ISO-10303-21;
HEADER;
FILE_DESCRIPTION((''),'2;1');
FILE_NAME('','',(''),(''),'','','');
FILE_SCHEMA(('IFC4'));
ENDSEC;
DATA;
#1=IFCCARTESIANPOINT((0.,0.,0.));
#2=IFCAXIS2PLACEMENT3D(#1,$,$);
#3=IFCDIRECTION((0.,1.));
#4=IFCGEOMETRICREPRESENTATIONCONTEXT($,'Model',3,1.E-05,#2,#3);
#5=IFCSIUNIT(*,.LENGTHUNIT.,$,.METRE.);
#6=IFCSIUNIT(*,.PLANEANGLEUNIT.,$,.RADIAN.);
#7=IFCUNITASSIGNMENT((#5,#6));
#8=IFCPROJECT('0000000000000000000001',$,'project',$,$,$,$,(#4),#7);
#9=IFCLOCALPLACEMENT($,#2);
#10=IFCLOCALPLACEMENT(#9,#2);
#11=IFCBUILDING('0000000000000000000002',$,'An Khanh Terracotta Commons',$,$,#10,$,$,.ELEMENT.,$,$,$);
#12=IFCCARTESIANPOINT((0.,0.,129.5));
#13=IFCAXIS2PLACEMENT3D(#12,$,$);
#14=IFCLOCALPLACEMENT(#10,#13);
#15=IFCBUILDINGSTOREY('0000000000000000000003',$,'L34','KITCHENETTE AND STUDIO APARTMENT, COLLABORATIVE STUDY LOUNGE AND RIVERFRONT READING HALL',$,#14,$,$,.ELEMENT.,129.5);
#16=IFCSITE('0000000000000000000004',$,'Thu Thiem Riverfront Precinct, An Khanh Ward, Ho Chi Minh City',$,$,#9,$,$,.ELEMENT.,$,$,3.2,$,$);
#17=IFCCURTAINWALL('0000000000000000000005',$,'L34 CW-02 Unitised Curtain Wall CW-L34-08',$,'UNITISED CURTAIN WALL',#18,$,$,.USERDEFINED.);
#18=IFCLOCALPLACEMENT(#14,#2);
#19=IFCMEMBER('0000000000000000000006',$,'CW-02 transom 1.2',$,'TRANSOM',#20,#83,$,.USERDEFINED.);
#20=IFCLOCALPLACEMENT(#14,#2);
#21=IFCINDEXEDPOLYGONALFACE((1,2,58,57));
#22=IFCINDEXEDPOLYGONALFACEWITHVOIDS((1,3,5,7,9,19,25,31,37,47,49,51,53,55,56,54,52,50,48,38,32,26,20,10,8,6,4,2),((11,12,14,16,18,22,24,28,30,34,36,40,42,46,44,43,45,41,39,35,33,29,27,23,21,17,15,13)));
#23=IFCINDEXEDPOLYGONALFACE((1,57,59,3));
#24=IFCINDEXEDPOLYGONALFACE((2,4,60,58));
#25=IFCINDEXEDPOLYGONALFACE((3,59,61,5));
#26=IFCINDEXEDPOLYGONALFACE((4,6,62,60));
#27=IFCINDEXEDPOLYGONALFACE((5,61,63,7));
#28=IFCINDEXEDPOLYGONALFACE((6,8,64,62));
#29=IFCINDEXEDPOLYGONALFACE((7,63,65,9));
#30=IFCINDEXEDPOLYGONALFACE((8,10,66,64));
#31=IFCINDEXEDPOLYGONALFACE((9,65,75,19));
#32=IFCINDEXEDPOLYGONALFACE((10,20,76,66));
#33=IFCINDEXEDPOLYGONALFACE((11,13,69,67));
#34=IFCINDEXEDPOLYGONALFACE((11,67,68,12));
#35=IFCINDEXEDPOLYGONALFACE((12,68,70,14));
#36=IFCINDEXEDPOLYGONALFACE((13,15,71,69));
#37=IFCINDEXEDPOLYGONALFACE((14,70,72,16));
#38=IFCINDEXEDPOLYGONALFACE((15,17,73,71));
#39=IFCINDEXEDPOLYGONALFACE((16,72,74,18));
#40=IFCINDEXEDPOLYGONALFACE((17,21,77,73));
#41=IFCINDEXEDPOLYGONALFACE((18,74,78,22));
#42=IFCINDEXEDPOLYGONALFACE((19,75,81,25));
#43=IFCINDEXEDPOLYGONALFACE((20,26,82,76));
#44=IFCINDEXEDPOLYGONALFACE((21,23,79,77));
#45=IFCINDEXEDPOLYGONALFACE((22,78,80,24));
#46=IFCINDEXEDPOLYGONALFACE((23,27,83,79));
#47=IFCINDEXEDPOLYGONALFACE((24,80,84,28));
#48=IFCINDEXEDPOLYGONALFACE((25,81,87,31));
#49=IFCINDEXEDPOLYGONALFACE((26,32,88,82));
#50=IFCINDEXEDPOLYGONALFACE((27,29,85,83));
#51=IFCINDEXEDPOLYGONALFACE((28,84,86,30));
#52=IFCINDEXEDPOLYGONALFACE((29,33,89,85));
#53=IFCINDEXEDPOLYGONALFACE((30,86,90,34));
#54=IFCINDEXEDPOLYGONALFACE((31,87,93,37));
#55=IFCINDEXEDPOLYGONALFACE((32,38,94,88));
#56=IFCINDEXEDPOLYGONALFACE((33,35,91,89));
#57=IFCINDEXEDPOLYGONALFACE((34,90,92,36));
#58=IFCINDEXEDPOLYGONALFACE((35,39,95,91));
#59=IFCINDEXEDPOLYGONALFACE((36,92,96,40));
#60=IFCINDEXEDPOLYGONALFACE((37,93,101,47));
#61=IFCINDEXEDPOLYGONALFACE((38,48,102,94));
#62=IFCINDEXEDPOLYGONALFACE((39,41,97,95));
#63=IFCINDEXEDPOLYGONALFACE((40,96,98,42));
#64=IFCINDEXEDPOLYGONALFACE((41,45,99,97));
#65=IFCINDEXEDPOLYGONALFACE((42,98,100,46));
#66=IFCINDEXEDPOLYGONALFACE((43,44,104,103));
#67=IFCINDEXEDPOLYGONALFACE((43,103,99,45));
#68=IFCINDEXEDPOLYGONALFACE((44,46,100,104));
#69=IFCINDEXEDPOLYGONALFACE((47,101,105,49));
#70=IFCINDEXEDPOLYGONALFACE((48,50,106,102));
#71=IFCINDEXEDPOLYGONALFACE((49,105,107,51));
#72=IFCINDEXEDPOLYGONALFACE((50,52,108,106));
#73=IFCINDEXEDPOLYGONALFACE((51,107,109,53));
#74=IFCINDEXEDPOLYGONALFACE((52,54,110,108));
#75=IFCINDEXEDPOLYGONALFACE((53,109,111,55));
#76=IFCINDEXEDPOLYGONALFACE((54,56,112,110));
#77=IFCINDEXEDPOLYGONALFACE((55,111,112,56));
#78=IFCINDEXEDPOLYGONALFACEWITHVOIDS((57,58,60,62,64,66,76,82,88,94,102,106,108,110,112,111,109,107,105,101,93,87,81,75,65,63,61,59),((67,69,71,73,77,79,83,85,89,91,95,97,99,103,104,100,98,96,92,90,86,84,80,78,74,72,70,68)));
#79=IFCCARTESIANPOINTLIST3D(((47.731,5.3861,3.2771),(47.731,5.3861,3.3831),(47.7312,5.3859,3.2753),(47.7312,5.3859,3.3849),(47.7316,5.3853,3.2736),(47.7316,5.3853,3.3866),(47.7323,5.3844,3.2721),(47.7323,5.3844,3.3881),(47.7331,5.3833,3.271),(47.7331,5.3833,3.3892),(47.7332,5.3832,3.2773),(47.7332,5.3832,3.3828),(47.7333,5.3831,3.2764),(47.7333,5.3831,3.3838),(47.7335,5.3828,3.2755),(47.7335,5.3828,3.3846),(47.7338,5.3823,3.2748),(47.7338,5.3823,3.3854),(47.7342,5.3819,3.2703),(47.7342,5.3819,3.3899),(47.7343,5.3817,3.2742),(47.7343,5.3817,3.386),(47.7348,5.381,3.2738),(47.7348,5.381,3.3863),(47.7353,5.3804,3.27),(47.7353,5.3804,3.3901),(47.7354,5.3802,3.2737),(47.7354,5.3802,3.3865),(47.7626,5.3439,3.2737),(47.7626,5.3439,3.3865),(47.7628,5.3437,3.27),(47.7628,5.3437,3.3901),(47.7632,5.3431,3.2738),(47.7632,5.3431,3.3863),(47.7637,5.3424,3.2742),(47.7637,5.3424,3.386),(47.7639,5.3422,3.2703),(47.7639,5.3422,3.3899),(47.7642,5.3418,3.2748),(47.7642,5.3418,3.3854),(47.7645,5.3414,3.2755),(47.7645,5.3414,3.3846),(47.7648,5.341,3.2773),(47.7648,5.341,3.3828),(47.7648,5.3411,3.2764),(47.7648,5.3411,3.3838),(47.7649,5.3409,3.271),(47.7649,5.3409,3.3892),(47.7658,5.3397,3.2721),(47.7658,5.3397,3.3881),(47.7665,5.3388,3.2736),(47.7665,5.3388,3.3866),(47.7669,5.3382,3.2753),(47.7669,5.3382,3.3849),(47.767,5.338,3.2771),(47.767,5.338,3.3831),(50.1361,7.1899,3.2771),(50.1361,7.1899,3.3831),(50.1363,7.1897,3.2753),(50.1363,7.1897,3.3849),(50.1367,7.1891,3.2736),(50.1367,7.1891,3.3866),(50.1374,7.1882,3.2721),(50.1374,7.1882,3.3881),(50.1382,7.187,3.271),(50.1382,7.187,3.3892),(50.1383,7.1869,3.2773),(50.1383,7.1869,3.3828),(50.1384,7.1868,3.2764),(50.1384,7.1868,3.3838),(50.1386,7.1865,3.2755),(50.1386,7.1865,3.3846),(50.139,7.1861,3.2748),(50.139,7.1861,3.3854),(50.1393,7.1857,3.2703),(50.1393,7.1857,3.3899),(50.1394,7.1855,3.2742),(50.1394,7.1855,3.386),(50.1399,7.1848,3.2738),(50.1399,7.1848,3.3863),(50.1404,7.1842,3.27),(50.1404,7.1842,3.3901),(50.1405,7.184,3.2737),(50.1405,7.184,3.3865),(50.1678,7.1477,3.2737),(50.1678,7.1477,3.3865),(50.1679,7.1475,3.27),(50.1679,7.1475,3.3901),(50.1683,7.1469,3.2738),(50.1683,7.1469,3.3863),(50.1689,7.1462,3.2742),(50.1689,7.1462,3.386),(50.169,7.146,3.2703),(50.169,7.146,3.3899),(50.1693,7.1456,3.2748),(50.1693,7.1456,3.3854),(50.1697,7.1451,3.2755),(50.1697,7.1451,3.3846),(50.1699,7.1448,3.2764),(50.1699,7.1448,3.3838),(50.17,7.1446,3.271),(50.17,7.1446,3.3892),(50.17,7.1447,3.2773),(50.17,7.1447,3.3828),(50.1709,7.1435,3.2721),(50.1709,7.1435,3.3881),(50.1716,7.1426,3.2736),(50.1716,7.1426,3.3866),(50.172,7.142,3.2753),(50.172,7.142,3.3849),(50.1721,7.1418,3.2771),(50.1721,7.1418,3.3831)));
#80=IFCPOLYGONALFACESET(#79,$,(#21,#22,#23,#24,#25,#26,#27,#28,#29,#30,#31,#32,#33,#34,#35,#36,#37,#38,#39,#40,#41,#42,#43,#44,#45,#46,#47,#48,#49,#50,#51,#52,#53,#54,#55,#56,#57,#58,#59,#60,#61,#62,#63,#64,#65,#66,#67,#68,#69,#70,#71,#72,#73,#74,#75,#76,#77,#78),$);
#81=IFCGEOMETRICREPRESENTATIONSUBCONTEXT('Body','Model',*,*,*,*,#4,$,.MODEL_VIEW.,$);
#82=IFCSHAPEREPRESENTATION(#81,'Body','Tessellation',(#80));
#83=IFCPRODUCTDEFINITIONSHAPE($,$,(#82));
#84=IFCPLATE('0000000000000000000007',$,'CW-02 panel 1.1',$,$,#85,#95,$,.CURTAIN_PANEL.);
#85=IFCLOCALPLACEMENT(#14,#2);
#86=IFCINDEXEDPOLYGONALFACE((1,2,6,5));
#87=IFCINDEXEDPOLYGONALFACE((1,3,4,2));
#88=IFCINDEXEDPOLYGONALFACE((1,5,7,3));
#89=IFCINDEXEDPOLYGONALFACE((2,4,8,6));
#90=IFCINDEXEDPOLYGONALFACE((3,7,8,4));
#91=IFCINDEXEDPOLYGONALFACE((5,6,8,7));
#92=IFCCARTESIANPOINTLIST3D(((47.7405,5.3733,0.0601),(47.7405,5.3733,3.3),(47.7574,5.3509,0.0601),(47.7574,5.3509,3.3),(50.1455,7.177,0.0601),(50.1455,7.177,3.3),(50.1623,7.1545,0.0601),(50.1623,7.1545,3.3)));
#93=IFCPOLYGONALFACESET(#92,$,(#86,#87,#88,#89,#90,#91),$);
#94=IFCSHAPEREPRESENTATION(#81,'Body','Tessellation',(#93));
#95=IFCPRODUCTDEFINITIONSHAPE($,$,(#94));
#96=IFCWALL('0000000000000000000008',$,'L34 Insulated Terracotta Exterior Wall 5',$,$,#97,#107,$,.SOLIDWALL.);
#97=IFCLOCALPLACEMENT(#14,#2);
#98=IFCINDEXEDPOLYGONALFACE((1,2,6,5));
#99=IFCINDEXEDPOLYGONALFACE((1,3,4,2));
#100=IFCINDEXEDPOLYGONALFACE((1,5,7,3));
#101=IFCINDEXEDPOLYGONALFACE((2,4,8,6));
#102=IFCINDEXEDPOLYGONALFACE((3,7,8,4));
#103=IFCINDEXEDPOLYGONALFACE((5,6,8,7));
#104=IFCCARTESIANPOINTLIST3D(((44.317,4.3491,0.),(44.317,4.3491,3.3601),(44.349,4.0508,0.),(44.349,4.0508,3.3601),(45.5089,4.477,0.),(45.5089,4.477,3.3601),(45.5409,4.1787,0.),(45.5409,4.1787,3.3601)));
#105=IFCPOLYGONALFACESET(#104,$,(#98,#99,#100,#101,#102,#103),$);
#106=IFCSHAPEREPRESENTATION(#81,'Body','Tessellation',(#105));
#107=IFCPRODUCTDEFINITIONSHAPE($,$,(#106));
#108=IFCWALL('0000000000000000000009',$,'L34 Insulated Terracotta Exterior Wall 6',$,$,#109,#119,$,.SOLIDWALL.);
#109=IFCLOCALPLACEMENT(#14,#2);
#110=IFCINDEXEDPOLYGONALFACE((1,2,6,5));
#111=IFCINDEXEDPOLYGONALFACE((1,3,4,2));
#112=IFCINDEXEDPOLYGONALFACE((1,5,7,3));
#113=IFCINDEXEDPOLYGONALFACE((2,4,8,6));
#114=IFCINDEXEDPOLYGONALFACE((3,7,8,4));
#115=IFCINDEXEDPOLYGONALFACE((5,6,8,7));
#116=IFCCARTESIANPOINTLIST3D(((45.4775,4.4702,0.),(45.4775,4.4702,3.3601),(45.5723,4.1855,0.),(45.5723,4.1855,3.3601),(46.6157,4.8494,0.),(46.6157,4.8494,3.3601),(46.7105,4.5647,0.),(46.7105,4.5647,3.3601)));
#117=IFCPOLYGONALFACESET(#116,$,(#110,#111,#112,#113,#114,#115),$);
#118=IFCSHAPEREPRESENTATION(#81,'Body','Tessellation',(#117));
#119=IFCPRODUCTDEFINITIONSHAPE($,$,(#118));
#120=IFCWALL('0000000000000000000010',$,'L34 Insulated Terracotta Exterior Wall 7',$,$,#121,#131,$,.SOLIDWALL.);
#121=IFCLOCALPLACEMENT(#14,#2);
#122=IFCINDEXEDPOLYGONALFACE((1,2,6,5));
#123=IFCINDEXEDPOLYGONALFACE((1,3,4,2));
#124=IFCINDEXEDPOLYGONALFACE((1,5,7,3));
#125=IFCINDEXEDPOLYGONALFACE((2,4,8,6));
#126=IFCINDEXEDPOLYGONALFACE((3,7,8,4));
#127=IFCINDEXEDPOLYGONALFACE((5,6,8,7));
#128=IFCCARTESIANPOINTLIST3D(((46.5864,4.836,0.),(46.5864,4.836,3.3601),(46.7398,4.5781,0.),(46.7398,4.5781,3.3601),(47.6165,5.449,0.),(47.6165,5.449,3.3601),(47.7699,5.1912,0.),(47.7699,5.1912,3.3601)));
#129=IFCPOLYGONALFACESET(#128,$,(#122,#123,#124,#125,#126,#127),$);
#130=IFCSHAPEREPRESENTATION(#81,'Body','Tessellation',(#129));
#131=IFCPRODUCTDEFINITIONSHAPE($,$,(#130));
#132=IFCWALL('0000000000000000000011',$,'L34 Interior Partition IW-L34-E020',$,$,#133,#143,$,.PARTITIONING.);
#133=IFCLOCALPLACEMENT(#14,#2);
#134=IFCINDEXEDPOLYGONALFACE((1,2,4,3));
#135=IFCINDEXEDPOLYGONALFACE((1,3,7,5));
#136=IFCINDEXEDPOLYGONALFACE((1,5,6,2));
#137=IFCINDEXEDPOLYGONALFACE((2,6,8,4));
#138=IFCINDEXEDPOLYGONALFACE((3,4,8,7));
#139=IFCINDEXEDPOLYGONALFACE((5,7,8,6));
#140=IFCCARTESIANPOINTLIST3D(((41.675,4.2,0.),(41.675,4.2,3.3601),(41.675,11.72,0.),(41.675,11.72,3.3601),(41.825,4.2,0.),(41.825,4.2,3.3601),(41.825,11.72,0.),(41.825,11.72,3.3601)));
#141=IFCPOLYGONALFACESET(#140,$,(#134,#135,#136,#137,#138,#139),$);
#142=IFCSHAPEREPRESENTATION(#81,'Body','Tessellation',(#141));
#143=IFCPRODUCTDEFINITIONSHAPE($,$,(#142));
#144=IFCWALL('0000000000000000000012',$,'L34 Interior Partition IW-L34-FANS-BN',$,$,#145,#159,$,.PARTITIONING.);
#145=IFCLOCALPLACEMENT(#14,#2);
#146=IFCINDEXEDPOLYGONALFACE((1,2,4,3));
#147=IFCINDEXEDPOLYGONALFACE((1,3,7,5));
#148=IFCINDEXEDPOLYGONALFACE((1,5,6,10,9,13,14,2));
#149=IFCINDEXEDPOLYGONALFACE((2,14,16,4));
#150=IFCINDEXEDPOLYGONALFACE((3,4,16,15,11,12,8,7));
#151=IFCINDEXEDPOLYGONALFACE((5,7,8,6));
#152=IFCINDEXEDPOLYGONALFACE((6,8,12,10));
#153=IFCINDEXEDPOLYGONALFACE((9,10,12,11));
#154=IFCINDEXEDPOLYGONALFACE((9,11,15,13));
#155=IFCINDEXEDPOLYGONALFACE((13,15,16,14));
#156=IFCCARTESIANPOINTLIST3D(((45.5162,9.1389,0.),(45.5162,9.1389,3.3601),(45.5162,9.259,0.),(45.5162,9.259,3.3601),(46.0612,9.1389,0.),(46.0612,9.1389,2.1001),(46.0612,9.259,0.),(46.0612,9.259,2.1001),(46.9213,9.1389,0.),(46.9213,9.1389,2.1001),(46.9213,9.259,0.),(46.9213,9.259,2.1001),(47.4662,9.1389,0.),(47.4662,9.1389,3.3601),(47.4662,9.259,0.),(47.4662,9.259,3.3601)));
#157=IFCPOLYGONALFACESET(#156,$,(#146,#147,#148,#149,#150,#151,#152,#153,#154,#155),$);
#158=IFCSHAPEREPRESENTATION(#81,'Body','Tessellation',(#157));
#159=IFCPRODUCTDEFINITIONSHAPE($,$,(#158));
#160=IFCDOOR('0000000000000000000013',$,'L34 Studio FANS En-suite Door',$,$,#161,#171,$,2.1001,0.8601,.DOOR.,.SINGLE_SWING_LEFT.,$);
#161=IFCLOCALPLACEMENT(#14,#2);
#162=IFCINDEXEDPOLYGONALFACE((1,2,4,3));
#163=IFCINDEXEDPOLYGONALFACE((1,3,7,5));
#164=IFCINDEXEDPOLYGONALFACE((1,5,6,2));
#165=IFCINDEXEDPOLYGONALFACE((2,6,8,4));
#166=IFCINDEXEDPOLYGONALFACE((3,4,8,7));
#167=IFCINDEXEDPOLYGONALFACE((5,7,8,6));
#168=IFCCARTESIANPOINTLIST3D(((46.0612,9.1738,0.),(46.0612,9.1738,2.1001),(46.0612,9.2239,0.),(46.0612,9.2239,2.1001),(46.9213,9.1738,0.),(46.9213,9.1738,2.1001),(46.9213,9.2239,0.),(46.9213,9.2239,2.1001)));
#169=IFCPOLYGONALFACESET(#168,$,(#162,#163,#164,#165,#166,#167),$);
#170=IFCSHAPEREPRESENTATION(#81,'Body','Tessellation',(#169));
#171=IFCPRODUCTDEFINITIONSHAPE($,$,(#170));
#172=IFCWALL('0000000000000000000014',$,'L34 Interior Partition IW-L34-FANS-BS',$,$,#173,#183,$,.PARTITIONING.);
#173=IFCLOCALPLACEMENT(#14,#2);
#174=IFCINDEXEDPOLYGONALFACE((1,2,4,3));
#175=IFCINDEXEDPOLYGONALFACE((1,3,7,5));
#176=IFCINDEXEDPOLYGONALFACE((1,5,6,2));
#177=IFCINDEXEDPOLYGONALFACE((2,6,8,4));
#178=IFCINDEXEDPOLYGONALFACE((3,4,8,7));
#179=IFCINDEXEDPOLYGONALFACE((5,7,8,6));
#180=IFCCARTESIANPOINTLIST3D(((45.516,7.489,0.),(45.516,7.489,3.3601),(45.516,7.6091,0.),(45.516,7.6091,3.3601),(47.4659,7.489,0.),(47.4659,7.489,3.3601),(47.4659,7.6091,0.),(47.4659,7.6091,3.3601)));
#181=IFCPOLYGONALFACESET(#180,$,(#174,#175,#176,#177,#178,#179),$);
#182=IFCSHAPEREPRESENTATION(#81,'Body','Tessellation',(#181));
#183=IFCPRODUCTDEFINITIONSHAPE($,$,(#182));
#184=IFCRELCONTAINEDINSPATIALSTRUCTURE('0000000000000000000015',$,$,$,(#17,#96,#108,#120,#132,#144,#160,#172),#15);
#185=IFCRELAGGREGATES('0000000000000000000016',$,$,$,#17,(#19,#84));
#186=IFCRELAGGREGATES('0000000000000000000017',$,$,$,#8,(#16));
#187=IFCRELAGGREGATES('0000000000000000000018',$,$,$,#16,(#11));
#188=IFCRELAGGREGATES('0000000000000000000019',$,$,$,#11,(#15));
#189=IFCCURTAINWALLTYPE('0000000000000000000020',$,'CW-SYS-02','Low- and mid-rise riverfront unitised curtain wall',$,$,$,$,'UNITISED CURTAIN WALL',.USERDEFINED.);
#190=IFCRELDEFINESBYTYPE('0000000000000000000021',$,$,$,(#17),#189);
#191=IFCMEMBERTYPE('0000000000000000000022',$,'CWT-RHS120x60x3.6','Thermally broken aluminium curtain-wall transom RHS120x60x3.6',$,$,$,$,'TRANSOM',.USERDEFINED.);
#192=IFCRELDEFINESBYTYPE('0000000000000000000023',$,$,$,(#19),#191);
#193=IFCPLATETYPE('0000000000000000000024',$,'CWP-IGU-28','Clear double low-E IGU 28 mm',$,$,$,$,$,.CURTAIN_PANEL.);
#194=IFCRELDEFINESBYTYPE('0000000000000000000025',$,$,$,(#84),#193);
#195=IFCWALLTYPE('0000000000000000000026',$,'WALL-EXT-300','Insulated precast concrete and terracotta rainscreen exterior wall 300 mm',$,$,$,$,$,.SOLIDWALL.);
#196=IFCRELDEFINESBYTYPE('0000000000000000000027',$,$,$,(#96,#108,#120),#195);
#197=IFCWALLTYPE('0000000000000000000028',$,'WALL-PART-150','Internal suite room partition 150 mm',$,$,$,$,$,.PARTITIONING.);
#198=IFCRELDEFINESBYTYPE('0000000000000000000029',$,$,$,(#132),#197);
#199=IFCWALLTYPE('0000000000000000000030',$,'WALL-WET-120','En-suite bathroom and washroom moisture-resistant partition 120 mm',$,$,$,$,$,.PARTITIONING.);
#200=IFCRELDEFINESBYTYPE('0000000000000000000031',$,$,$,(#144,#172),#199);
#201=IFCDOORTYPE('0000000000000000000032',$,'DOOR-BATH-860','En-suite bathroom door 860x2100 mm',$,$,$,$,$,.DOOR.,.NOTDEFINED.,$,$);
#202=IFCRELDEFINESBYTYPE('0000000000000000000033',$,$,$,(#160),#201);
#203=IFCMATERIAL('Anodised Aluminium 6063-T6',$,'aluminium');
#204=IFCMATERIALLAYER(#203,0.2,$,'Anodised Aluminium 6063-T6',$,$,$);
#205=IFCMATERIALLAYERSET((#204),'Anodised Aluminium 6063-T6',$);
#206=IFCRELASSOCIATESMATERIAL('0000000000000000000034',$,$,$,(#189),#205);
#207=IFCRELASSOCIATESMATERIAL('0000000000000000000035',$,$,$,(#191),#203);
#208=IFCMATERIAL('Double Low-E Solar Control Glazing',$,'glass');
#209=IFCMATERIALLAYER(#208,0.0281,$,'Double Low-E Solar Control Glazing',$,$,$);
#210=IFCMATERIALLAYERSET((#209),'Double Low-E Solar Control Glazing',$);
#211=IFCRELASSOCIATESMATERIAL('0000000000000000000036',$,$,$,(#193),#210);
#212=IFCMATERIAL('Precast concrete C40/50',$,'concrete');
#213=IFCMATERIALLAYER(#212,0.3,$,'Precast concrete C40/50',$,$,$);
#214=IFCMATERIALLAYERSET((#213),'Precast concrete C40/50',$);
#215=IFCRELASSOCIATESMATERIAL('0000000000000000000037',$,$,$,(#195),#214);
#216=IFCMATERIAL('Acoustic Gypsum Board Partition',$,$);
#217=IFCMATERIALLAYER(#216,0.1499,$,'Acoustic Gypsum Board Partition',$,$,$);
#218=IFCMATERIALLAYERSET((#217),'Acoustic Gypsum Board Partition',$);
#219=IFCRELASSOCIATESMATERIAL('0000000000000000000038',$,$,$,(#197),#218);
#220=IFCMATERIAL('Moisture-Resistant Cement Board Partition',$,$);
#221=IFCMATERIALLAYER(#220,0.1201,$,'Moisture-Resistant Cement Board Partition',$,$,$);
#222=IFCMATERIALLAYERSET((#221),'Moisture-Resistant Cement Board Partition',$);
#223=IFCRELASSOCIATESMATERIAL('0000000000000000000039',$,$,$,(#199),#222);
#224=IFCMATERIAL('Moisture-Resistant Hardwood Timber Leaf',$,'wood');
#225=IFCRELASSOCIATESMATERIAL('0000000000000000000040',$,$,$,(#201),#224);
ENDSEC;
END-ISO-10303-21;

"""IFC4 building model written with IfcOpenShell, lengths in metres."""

from ifc_helpers import new_model, si_unit, direction, frame, frame_2d, origin, origin_2d, place, context, subcontext, project, spatial, rectangle, hollow_rectangle, extrude, material, layer, layer_set, material_profile, profile_set, type_object, element, fill, aggregate, save


model = new_model("IFC4")

# Units and contexts
model_context = context("Model", 3, precision=1e-05, world=origin(), true_north=direction((0.0, 1.0)))
body_context = subcontext(model_context, "Body", "Model", "MODEL_VIEW")
ifc_project = project(units=[si_unit("LENGTHUNIT", "METRE"), si_unit("PLANEANGLEUNIT", "RADIAN")], contexts=[model_context])

# Site, building, storey
site_placement = place(None, origin())
site = spatial("IfcSite", under=ifc_project, at=site_placement, Name="Thu Thiem Riverfront Precinct, An Khanh Ward, Ho Chi Minh City", CompositionType="ELEMENT", RefElevation=3.2)
building_placement = place(site_placement, origin())
building = spatial("IfcBuilding", under=site, at=building_placement, Name="An Khanh Terracotta Commons", CompositionType="ELEMENT")
storey_placement = place(building_placement, frame((0.0, 0.0, 129.5)))
storey = spatial("IfcBuildingStorey", under=building, at=storey_placement, Name="L34", Description="KITCHENETTE AND STUDIO APARTMENT, COLLABORATIVE STUDY LOUNGE AND RIVERFRONT READING HALL", CompositionType="ELEMENT", Elevation=129.5)

# Curtain wall, member, plate
ifc_material_1 = material(Name="Anodised Aluminium 6063-T6", Category="aluminium")
ifc_layer_1 = layer(ifc_material_1, 0.2, Name="Anodised Aluminium 6063-T6")
ifc_layer_set_1 = layer_set([ifc_layer_1], Name="Anodised Aluminium 6063-T6")
curtain_wall_type = type_object("IfcCurtainWallType", Name="CW-SYS-02", Description="Low- and mid-rise riverfront unitised curtain wall", ElementType="UNITISED CURTAIN WALL", PredefinedType="USERDEFINED", material=ifc_layer_set_1)
curtain_wall_placement = place(storey_placement, origin())
curtain_wall = element("IfcCurtainWall", 1, at=curtain_wall_placement, inside=storey, type_object=curtain_wall_type, Name="L34 CW-02 Unitised Curtain Wall CW-L34-08", ObjectType="UNITISED CURTAIN WALL", PredefinedType="USERDEFINED")
ifc_material_profile_1 = material_profile(ifc_material_1, hollow_rectangle(XDim=0.0601, YDim=0.1201, WallThickness=0.0037, InnerFilletRadius=0.0037, OuterFilletRadius=0.0071, at=origin_2d()), Name="RHS120x60x3.6")
ifc_profile_set_1 = profile_set([ifc_material_profile_1], Name="Anodised Aluminium 6063-T6")
member_type_1 = type_object("IfcMemberType", Name="CWT-RHS120x60x3.6", Description="Thermally broken aluminium curtain-wall transom RHS120x60x3.6", ElementType="TRANSOM", PredefinedType="USERDEFINED", material=ifc_profile_set_1)
member_1_placement = place(storey_placement, frame((47.749, 5.3621, 3.3301), z_axis=(0.80001, 0.599987, 0.0), x_axis=(-0.599987, 0.80001, 0.0)))
member_1 = element("IfcMember", 2, at=member_1_placement, type_object=member_type_1, Name="CW-02 transom 1.2", ObjectType="TRANSOM", PredefinedType="USERDEFINED", context=body_context, shape_type="SweptSolid", body=[
    extrude(hollow_rectangle(XDim=0.0601, YDim=0.1201, WallThickness=0.0037, InnerFilletRadius=0.0037, OuterFilletRadius=0.0071, at=origin_2d()), origin(), (0.0, 0.0, 1.0), 3.0063),
])
ifc_material_2 = material(Name="Double Low-E Solar Control Glazing", Category="glass")
ifc_layer_2 = layer(ifc_material_2, 0.0281, Name="Double Low-E Solar Control Glazing")
ifc_layer_set_2 = layer_set([ifc_layer_2], Name="Double Low-E Solar Control Glazing")
plate_type = type_object("IfcPlateType", Name="CWP-IGU-28", Description="Clear double low-E IGU 28 mm", PredefinedType="CURTAIN_PANEL", material=ifc_layer_set_2)
plate_placement = place(storey_placement, frame((48.9514, 6.2639, 0.0601), z_axis=(0.0, 0.0, 1.0), x_axis=(0.800013, 0.599983, 0.0)))
plate = element("IfcPlate", 3, at=plate_placement, type_object=plate_type, Name="CW-02 panel 1.1", PredefinedType="CURTAIN_PANEL", context=body_context, shape_type="SweptSolid", body=[
    extrude(rectangle(XDim=3.0061, YDim=0.0281, at=origin_2d()), origin(), (0.0, 0.0, 1.0), 3.24),
])
aggregate(curtain_wall, [member_1, plate])

# Walls
ifc_material_3 = material(Name="Precast concrete C40/50", Category="concrete")
ifc_layer_3 = layer(ifc_material_3, 0.3, Name="Precast concrete C40/50")
ifc_layer_set_3 = layer_set([ifc_layer_3], Name="Precast concrete C40/50")
wall_type_1 = type_object("IfcWallType", Name="WALL-EXT-300", Description="Insulated precast concrete and terracotta rainscreen exterior wall 300 mm", PredefinedType="SOLIDWALL", material=ifc_layer_set_3)
wall_1_placement = place(storey_placement, frame((44.333, 4.2, 0.0), z_axis=(0.0, 0.0, 1.0), x_axis=(0.994289, 0.10672, 0.0)))
element("IfcWall", 4, at=wall_1_placement, inside=storey, type_object=wall_type_1, Name="L34 Insulated Terracotta Exterior Wall 5", PredefinedType="SOLIDWALL", context=body_context, shape_type="SweptSolid", body=[
    extrude(rectangle(XDim=1.1987, YDim=0.3, at=frame_2d((0.5994, 0.0))), origin(), (0.0, 0.0, 1.0), 3.3601),
])
wall_2_placement = place(storey_placement, frame((45.5249, 4.3279, 0.0), z_axis=(0.0, 0.0, 1.0), x_axis=(0.948744, 0.316045, 0.0)))
element("IfcWall", 5, at=wall_2_placement, inside=storey, type_object=wall_type_1, Name="L34 Insulated Terracotta Exterior Wall 6", PredefinedType="SOLIDWALL", context=body_context, shape_type="SweptSolid", body=[
    extrude(rectangle(XDim=1.1997, YDim=0.3, at=frame_2d((0.5999, 0.0))), origin(), (0.0, 0.0, 1.0), 3.3601),
])
wall_3_placement = place(storey_placement, frame((46.6631, 4.707, 0.0), z_axis=(0.0, 0.0, 1.0), x_axis=(0.859321, 0.511437, 0.0)))
element("IfcWall", 6, at=wall_3_placement, inside=storey, type_object=wall_type_1, Name="L34 Insulated Terracotta Exterior Wall 7", PredefinedType="SOLIDWALL", context=body_context, shape_type="SweptSolid", body=[
    extrude(rectangle(XDim=1.1987, YDim=0.3, at=frame_2d((0.5994, 0.0))), origin(), (0.0, 0.0, 1.0), 3.3601),
])
ifc_material_4 = material(Name="Acoustic Gypsum Board Partition")
ifc_layer_4 = layer(ifc_material_4, 0.1499, Name="Acoustic Gypsum Board Partition")
ifc_layer_set_4 = layer_set([ifc_layer_4], Name="Acoustic Gypsum Board Partition")
wall_type_2 = type_object("IfcWallType", Name="WALL-PART-150", Description="Internal suite room partition 150 mm", PredefinedType="PARTITIONING", material=ifc_layer_set_4)
wall_4_placement = place(storey_placement, frame((41.75, 4.2, 0.0), z_axis=(0.0, 0.0, 1.0), x_axis=(0.0, 1.0, 0.0)))
element("IfcWall", 7, at=wall_4_placement, inside=storey, type_object=wall_type_2, Name="L34 Interior Partition IW-L34-E020", PredefinedType="PARTITIONING", context=body_context, shape_type="SweptSolid", body=[
    extrude(rectangle(XDim=7.52, YDim=0.1499, at=frame_2d((3.76, 0.0))), origin(), (0.0, 0.0, 1.0), 3.3601),
])

# Wall, opening, door
ifc_material_5 = material(Name="Moisture-Resistant Cement Board Partition")
ifc_layer_5 = layer(ifc_material_5, 0.1201, Name="Moisture-Resistant Cement Board Partition")
ifc_layer_set_5 = layer_set([ifc_layer_5], Name="Moisture-Resistant Cement Board Partition")
wall_type_3 = type_object("IfcWallType", Name="WALL-WET-120", Description="En-suite bathroom and washroom moisture-resistant partition 120 mm", PredefinedType="PARTITIONING", material=ifc_layer_set_5)
wall_5_placement = place(storey_placement, frame((45.5161, 9.199, 0.0), z_axis=(0.0, 0.0, 1.0), x_axis=(1.0, 0.0, 0.0)))
wall_5 = element("IfcWall", 8, at=wall_5_placement, inside=storey, type_object=wall_type_3, Name="L34 Interior Partition IW-L34-FANS-BN", PredefinedType="PARTITIONING", context=body_context, shape_type="SweptSolid", body=[
    extrude(rectangle(XDim=1.95, YDim=0.1201, at=frame_2d((0.9751, 0.0))), origin(), (0.0, 0.0, 1.0), 3.3601),
])
opening_placement = place(wall_5_placement, frame((0.5449, 0.0, 0.0)))
opening = element("IfcOpeningElement", 9, at=opening_placement, cuts=wall_5, PredefinedType="OPENING", context=body_context, shape_type="SweptSolid", body=[
    extrude(rectangle(XDim=0.8601, YDim=2.1001, at=frame_2d((0.4302, 1.05))), frame((0.0, 0.0701, 0.0), z_axis=(0.0, -1.0, 0.0), x_axis=(1.0, 0.0, 0.0)), (0.0, 0.0, 1.0), 0.1401),
])
ifc_material_6 = material(Name="Moisture-Resistant Hardwood Timber Leaf", Category="wood")
door_type = type_object("IfcDoorType", Name="DOOR-BATH-860", Description="En-suite bathroom door 860x2100 mm", OperationType="NOTDEFINED", PredefinedType="DOOR", material=ifc_material_6)
door_placement = place(opening_placement, origin())
door = element("IfcDoor", 10, at=door_placement, inside=storey, type_object=door_type, Name="L34 Studio FANS En-suite Door", OperationType="SINGLE_SWING_LEFT", OverallHeight=2.1001, OverallWidth=0.8601, PredefinedType="DOOR", context=body_context, shape_type="SweptSolid", body=[
    extrude(rectangle(XDim=0.8601, YDim=2.1001, at=frame_2d((0.4302, 1.05))), frame((0.0, 0.0249, 0.0), z_axis=(0.0, -1.0, 0.0), x_axis=(1.0, 0.0, 0.0)), (0.0, 0.0, 1.0), 0.05),
])
fill(opening, door)

# Wall
wall_6_placement = place(storey_placement, frame((47.4661, 7.5491, 0.0), z_axis=(0.0, 0.0, 1.0), x_axis=(-1.0, 0.0, 0.0)))
element("IfcWall", 11, at=wall_6_placement, inside=storey, type_object=wall_type_3, Name="L34 Interior Partition IW-L34-FANS-BS", PredefinedType="PARTITIONING", context=body_context, shape_type="SweptSolid", body=[
    extrude(rectangle(XDim=1.95, YDim=0.1201, at=frame_2d((0.9751, 0.0))), origin(), (0.0, 0.0, 1.0), 3.3601),
])

save(model, "model.ifc")
